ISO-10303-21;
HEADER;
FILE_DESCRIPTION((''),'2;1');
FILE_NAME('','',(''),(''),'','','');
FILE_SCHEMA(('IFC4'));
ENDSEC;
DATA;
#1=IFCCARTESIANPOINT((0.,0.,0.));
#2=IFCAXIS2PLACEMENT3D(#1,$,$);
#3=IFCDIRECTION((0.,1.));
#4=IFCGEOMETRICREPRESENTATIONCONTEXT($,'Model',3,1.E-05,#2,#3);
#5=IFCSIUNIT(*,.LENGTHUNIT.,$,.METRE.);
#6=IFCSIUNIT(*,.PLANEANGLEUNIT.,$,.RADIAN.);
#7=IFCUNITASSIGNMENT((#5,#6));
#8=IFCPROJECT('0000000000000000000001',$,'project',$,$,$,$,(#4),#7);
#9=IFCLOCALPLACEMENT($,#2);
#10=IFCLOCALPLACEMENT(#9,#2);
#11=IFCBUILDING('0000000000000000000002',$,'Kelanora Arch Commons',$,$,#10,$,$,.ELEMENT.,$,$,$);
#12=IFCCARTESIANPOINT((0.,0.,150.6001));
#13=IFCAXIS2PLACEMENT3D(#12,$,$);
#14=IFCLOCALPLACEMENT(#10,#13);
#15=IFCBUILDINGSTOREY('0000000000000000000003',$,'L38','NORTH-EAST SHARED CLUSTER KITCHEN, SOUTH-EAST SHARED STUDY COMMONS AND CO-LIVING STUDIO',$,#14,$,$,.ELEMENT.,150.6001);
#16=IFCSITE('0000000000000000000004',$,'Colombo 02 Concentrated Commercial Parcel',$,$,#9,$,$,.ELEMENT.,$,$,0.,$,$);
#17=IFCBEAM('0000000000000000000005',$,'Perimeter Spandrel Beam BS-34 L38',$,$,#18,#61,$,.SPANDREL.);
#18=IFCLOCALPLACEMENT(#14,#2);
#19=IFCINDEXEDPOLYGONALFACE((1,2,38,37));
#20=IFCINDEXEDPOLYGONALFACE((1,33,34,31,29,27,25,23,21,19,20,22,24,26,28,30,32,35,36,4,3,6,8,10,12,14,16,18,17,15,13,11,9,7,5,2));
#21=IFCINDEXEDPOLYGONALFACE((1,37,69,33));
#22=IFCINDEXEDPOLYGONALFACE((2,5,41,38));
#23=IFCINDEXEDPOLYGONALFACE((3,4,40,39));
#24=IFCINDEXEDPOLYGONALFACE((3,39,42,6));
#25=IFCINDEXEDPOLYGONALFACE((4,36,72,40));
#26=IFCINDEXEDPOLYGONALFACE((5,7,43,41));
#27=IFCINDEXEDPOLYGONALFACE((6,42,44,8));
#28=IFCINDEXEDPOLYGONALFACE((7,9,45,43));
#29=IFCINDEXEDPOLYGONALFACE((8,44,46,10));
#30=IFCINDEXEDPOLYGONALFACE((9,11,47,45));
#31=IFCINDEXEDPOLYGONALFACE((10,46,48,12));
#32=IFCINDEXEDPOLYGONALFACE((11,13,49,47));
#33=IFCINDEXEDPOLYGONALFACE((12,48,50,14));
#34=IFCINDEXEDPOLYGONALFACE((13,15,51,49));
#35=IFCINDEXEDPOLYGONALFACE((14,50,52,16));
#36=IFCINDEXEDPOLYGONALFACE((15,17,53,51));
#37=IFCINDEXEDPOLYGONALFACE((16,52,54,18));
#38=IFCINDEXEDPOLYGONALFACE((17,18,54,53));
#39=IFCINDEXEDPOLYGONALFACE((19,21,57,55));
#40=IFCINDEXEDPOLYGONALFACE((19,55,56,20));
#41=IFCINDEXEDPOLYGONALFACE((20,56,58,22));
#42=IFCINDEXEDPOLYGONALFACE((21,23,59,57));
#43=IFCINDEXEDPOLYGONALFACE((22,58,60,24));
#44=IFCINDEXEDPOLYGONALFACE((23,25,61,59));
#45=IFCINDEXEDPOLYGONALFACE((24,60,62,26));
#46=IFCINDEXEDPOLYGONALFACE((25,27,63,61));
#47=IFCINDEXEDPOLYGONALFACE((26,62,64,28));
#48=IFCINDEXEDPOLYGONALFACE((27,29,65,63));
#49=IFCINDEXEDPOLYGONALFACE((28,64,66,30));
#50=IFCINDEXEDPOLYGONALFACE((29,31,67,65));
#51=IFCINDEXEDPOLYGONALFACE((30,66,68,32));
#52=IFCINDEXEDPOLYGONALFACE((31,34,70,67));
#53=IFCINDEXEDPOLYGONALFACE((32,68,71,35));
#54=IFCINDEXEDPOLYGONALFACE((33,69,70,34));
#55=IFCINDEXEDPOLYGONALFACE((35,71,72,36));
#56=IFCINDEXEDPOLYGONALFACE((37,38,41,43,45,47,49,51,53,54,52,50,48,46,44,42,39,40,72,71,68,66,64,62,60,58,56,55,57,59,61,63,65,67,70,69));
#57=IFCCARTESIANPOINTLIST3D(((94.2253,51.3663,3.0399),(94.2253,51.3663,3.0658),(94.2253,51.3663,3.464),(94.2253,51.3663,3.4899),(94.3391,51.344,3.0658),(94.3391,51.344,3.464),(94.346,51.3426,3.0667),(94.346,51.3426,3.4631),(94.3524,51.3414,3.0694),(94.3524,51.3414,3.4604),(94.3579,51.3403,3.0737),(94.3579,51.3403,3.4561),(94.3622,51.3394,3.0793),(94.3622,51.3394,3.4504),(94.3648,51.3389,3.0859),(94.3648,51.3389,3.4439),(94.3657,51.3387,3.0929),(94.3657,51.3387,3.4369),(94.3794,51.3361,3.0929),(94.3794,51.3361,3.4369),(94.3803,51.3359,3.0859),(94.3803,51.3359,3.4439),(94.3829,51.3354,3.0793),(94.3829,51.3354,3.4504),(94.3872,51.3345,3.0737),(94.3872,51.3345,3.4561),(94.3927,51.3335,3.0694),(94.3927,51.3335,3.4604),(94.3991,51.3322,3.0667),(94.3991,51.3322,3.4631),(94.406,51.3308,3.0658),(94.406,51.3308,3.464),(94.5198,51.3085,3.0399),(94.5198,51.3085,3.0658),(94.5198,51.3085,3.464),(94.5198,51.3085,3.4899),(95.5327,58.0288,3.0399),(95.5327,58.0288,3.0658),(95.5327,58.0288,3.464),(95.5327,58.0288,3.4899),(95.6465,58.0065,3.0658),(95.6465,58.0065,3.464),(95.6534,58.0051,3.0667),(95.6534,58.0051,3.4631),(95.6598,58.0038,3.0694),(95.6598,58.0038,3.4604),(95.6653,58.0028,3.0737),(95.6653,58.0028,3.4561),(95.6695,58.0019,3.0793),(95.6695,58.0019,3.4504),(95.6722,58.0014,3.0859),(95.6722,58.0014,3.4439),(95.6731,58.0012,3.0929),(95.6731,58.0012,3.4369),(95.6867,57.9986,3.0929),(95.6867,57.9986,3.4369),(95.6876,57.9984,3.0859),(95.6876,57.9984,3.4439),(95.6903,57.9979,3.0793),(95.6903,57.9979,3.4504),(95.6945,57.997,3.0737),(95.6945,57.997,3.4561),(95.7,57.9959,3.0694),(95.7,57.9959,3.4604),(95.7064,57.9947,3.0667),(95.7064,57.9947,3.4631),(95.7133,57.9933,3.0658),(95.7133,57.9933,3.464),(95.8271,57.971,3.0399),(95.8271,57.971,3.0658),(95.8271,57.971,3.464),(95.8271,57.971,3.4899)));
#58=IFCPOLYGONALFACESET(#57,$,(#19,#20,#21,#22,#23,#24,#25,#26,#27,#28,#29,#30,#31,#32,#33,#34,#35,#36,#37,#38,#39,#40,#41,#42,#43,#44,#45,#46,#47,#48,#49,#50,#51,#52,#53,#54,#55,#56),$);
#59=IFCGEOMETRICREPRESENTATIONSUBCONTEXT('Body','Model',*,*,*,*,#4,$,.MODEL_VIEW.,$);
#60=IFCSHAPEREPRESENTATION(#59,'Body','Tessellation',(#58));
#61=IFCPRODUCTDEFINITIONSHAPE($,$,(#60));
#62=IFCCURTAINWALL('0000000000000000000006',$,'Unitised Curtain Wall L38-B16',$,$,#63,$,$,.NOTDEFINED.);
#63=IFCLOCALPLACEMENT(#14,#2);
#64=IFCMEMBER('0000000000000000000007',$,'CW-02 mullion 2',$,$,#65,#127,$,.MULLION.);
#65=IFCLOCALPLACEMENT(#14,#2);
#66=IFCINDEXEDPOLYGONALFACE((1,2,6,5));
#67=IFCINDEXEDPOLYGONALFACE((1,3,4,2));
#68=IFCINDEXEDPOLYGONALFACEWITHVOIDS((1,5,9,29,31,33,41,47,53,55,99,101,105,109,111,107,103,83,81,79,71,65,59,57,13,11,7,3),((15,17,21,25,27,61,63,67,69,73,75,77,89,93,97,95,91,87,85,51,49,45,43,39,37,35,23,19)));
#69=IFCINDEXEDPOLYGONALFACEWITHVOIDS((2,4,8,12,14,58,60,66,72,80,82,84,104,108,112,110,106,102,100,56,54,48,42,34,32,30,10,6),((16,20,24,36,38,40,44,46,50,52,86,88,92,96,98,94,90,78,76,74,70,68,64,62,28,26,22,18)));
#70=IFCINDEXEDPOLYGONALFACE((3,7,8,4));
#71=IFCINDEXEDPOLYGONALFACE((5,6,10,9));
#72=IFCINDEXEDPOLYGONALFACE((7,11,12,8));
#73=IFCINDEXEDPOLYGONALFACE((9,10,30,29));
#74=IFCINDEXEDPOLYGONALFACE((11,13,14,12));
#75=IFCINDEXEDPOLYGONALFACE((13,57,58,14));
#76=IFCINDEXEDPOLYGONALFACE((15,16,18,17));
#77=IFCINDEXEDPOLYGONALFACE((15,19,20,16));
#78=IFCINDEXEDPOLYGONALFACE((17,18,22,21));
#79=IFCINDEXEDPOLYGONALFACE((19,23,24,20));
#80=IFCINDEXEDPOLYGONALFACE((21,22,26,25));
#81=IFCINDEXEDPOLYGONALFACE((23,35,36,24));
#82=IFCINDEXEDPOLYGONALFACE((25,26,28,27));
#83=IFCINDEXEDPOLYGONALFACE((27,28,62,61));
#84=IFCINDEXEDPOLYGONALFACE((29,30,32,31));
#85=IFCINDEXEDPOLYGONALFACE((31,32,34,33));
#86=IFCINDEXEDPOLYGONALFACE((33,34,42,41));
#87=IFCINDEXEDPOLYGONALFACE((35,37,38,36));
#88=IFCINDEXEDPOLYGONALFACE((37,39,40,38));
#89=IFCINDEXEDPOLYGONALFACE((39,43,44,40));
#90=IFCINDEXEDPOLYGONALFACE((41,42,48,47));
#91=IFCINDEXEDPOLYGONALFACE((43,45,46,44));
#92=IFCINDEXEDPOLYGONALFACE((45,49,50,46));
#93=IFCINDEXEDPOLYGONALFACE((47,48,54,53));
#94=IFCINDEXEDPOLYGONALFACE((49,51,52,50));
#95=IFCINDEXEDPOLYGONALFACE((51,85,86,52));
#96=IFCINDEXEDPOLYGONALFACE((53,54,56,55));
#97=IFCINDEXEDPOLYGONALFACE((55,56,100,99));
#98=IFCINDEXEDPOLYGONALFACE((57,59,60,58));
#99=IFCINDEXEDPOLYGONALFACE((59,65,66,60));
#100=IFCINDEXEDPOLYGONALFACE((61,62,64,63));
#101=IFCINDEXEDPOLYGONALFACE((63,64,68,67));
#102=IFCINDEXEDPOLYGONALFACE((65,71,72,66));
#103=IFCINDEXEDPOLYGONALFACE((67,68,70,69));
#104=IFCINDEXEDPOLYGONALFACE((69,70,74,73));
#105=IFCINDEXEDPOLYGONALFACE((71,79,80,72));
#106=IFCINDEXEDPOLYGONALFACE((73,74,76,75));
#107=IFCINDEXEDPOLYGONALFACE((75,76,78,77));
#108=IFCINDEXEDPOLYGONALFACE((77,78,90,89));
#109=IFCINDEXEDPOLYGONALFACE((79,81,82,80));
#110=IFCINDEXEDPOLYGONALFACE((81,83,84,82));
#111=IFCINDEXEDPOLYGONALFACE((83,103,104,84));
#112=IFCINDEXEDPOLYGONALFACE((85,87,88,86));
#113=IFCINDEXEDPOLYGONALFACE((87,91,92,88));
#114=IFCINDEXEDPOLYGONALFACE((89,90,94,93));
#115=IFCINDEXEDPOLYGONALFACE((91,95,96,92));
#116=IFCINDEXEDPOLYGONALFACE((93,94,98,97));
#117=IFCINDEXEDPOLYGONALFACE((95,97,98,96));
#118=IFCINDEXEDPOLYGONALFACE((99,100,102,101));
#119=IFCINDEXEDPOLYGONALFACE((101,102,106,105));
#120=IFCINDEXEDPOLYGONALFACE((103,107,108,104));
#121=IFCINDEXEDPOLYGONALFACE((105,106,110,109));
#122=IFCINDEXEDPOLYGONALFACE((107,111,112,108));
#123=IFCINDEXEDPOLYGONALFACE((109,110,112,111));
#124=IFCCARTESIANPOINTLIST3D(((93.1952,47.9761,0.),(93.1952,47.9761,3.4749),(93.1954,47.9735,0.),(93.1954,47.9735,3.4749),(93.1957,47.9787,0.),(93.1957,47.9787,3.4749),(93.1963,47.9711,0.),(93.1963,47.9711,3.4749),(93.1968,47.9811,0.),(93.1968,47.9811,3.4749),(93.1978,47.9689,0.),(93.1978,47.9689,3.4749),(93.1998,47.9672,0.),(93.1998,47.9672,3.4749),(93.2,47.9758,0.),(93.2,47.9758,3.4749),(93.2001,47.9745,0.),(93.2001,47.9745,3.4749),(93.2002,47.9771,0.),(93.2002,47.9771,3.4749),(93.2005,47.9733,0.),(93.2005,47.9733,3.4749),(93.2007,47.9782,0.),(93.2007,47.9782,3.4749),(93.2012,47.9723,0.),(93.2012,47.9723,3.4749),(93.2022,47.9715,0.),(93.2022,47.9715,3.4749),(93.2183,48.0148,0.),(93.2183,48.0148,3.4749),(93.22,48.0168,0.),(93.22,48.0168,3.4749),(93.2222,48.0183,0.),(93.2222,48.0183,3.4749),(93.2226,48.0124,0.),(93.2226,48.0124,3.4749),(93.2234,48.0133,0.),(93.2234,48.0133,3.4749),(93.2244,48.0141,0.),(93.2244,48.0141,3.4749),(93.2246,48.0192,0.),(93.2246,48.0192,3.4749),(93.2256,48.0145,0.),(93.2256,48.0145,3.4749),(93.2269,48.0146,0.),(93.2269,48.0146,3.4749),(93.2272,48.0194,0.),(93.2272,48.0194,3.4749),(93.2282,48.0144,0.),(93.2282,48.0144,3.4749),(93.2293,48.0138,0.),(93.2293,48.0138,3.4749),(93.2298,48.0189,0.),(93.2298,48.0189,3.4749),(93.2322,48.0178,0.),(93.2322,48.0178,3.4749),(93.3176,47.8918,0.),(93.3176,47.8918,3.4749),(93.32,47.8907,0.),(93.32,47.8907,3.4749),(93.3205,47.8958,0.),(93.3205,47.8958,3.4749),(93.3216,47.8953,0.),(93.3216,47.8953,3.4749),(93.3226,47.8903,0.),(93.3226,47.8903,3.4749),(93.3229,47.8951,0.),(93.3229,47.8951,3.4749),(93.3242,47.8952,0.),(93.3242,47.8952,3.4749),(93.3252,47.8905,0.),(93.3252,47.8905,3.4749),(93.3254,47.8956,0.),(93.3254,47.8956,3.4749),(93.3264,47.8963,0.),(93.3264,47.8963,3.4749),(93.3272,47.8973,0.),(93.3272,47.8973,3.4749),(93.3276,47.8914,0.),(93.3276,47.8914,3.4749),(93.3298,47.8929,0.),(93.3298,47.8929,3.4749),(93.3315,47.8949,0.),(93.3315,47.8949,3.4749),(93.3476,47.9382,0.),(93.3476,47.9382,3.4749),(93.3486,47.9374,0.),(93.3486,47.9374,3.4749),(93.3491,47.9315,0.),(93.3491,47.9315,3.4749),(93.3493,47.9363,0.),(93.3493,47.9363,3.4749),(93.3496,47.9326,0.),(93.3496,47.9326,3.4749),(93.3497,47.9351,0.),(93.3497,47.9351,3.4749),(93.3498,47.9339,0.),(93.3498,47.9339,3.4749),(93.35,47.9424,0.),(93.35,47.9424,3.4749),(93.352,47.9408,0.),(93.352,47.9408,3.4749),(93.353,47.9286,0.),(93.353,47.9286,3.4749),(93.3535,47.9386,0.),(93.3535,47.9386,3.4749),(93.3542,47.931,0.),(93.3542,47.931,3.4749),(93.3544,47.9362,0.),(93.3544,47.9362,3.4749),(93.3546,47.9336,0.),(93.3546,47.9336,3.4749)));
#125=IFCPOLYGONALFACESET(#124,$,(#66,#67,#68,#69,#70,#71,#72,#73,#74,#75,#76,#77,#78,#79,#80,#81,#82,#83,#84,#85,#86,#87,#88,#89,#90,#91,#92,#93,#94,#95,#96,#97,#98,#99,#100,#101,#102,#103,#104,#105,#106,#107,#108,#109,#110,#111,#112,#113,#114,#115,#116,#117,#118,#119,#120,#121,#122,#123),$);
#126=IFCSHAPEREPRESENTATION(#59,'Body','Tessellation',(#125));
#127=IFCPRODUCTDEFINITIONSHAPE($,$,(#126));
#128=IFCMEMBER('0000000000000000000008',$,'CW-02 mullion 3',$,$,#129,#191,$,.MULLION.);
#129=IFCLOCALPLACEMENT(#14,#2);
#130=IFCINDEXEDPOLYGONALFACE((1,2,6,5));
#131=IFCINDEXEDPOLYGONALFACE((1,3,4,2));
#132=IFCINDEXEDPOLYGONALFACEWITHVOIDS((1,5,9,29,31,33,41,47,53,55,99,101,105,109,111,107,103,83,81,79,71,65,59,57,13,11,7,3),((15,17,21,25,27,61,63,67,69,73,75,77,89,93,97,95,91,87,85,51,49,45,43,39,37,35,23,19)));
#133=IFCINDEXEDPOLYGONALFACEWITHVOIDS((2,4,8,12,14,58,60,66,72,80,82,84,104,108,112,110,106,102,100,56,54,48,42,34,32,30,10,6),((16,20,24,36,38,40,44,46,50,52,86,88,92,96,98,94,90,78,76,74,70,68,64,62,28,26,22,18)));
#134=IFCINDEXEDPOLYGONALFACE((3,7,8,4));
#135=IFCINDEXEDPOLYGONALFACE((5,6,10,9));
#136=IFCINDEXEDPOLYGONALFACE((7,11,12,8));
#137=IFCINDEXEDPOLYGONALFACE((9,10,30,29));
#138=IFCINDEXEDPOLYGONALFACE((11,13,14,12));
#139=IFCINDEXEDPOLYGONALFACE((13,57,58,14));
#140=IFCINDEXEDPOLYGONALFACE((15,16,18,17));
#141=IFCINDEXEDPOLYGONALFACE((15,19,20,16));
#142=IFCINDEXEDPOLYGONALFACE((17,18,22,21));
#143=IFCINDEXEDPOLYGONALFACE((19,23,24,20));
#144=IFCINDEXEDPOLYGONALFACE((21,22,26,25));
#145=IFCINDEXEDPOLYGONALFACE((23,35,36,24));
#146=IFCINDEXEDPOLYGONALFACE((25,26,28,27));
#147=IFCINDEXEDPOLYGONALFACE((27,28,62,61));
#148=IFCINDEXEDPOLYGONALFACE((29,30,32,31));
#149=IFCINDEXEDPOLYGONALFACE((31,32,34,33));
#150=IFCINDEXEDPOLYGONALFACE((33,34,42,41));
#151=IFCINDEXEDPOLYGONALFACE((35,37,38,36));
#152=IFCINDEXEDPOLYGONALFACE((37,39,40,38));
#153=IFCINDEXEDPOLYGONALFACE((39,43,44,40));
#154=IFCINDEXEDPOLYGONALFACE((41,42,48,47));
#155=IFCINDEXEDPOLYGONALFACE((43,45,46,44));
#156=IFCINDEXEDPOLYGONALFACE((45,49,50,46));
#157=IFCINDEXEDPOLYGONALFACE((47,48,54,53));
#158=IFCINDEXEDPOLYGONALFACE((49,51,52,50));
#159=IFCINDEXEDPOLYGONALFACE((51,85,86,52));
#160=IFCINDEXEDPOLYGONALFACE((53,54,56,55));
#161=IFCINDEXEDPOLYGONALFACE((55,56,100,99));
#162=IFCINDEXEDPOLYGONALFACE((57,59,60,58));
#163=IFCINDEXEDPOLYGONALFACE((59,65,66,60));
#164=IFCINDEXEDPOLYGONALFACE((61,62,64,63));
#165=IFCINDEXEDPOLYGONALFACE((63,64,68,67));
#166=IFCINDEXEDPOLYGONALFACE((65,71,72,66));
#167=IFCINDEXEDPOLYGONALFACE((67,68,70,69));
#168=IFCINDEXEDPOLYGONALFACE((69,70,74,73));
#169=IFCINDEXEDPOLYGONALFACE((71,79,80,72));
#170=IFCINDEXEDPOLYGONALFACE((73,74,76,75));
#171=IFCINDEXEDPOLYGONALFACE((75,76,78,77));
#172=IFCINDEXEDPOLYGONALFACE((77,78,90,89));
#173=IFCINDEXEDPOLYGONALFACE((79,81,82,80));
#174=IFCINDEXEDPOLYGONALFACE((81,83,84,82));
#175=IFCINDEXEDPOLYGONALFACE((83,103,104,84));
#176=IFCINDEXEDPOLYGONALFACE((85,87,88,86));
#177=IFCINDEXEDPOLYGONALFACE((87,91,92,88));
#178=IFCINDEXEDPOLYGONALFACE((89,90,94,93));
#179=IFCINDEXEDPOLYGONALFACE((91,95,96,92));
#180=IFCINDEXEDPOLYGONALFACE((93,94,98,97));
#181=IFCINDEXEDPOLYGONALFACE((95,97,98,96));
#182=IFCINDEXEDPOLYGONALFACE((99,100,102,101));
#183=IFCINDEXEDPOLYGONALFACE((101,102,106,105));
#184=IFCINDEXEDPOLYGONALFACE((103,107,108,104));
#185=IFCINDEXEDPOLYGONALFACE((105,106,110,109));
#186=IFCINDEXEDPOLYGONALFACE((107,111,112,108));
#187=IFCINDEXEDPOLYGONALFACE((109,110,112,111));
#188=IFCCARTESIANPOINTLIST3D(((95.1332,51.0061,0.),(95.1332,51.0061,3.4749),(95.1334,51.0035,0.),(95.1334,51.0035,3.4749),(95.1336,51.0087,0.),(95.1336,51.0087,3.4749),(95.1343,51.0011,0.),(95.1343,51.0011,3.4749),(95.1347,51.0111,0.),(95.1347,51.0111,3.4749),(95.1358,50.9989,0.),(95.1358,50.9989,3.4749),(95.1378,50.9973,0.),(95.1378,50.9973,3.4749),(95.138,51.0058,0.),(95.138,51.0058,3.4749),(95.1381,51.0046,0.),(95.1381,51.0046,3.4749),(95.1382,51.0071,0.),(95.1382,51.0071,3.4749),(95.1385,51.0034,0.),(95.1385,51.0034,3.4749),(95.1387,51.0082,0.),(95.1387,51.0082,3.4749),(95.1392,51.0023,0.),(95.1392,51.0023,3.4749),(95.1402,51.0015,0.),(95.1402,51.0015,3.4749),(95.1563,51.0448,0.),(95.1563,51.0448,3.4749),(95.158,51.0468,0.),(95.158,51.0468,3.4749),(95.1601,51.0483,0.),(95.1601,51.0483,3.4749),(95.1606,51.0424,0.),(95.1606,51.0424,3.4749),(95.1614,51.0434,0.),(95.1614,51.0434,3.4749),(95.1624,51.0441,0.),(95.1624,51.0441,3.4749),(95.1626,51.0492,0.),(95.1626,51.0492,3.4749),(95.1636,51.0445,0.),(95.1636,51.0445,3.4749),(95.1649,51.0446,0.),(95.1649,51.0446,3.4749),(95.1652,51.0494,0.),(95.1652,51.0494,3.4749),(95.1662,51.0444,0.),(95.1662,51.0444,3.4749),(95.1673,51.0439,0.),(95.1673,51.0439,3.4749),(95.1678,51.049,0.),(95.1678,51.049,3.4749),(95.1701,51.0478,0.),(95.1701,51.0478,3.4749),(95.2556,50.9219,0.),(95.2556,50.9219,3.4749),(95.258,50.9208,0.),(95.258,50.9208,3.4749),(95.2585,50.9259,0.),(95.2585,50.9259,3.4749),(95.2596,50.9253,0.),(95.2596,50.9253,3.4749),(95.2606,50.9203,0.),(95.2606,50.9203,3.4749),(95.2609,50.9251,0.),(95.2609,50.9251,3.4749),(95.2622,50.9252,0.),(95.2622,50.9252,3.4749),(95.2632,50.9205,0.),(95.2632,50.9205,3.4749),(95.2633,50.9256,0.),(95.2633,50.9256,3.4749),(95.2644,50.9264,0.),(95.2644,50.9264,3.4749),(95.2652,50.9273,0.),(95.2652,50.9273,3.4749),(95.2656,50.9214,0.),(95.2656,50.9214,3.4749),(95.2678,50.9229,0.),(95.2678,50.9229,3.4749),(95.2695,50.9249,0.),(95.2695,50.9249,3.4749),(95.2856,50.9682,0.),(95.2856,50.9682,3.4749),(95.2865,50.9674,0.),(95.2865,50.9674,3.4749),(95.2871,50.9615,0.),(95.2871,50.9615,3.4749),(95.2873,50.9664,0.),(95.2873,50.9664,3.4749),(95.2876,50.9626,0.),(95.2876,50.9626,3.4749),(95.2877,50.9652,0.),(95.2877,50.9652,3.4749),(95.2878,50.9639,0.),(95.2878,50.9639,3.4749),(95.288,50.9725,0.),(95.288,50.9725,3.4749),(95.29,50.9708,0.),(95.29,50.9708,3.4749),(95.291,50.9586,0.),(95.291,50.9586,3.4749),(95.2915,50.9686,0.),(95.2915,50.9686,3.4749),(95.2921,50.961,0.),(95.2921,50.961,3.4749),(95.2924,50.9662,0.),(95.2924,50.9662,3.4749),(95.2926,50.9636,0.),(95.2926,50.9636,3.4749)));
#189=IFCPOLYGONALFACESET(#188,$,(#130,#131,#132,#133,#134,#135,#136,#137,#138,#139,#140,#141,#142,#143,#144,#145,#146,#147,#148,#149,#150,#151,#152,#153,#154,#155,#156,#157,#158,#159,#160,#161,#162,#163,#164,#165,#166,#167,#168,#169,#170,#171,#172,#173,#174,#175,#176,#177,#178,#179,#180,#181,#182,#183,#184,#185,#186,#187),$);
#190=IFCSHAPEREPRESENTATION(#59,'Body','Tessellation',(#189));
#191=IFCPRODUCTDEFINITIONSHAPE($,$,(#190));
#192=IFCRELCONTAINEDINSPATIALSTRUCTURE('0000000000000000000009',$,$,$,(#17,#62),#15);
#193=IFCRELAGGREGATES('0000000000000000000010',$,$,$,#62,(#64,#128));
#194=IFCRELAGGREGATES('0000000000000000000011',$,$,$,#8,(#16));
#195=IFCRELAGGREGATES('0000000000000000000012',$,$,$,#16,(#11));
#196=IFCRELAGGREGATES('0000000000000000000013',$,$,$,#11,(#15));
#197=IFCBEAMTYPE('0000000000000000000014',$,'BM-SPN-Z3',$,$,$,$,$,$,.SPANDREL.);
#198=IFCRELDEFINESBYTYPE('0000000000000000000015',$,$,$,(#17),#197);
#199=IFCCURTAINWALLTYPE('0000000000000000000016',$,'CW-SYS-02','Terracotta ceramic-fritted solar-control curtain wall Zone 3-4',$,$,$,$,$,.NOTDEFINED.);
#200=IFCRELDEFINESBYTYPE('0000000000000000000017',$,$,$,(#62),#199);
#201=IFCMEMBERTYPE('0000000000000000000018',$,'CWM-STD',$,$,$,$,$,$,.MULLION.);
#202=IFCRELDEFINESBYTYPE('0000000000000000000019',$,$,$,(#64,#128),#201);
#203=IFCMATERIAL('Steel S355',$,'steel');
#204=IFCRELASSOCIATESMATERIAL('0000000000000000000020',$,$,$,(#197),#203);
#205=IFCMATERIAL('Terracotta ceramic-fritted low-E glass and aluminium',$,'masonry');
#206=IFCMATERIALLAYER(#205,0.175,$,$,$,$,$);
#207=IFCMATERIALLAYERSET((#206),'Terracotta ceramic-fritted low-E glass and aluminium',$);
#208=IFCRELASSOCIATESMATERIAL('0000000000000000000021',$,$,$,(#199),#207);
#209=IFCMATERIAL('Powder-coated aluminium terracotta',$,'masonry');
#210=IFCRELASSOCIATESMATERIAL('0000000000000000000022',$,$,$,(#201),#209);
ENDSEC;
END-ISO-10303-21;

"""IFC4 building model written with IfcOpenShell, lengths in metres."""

from ifc_helpers import new_model, si_unit, direction, frame, origin, origin_2d, place, context, subcontext, project, spatial, hollow_rectangle, i_section, extrude, material, layer, layer_set, material_profile, profile_set, type_object, element, aggregate, save


model = new_model("IFC4")

# Units and contexts
model_context = context("Model", 3, precision=1e-05, world=origin(), true_north=direction((0.0, 1.0)))
body_context = subcontext(model_context, "Body", "Model", "MODEL_VIEW")
ifc_project = project(units=[si_unit("LENGTHUNIT", "METRE"), si_unit("PLANEANGLEUNIT", "RADIAN")], contexts=[model_context])

# Site, building, storey
site_placement = place(None, origin())
site = spatial("IfcSite", under=ifc_project, at=site_placement, Name="Colombo 02 Concentrated Commercial Parcel", CompositionType="ELEMENT", RefElevation=0.0)
building_placement = place(site_placement, origin())
building = spatial("IfcBuilding", under=site, at=building_placement, Name="Kelanora Arch Commons", CompositionType="ELEMENT")
storey_placement = place(building_placement, frame((0.0, 0.0, 150.6001)))
storey = spatial("IfcBuildingStorey", under=building, at=storey_placement, Name="L38", Description="NORTH-EAST SHARED CLUSTER KITCHEN, SOUTH-EAST SHARED STUDY COMMONS AND CO-LIVING STUDIO", CompositionType="ELEMENT", Elevation=150.6001)

# Beam
ifc_material_1 = material(Name="Steel S355", Category="steel")
ifc_material_profile_1 = material_profile(ifc_material_1, i_section(OverallWidth=0.3, OverallDepth=0.45, WebThickness=0.0139, FlangeThickness=0.0259, FilletRadius=0.0271, at=origin_2d()), Name="HEB450")
ifc_profile_set_1 = profile_set([ifc_material_profile_1], Name="Steel S355")
beam_type_1 = type_object("IfcBeamType", Name="BM-SPN-Z3", PredefinedType="SPANDREL", material=ifc_profile_set_1)
beam_1_placement = place(storey_placement, frame((94.3726, 51.3374, 3.2649), z_axis=(0.192554, 0.981286, 0.0), x_axis=(-0.981286, 0.192554, 0.0)))
element("IfcBeam", 1, at=beam_1_placement, inside=storey, type_object=beam_type_1, Name="Perimeter Spandrel Beam BS-34 L38", PredefinedType="SPANDREL", context=body_context, shape_type="SweptSolid", body=[
    extrude(i_section(OverallWidth=0.3, OverallDepth=0.45, WebThickness=0.0139, FlangeThickness=0.0259, FilletRadius=0.0271, at=origin_2d()), origin(), (0.0, 0.0, 1.0), 6.7896),
])

# Curtain wall, members
ifc_material_2 = material(Name="Terracotta ceramic-fritted low-E glass and aluminium", Category="masonry")
ifc_layer_1 = layer(ifc_material_2, 0.175)
ifc_layer_set_1 = layer_set([ifc_layer_1], Name="Terracotta ceramic-fritted low-E glass and aluminium")
curtain_wall_type = type_object("IfcCurtainWallType", Name="CW-SYS-02", Description="Terracotta ceramic-fritted solar-control curtain wall Zone 3-4", PredefinedType="NOTDEFINED", material=ifc_layer_set_1)
curtain_wall_placement = place(storey_placement, origin())
curtain_wall = element("IfcCurtainWall", 2, at=curtain_wall_placement, inside=storey, type_object=curtain_wall_type, Name="Unitised Curtain Wall L38-B16", PredefinedType="NOTDEFINED")
ifc_material_3 = material(Name="Powder-coated aluminium terracotta", Category="masonry")
ifc_material_profile_2 = material_profile(ifc_material_3, hollow_rectangle(XDim=0.1599, YDim=0.0601, WallThickness=0.0049, InnerFilletRadius=0.0049, OuterFilletRadius=0.01, at=origin_2d()), Name="CWM160x60")
ifc_profile_set_2 = profile_set([ifc_material_profile_2], Name="Powder-coated aluminium terracotta")
member_type_1 = type_object("IfcMemberType", Name="CWM-STD", PredefinedType="MULLION", material=ifc_profile_set_2)
member_1_placement = place(storey_placement, frame((93.2749, 47.9548, 0.0), z_axis=(0.0, 0.0, 1.0), x_axis=(-0.842423, 0.538817, 0.0)))
member_1 = element("IfcMember", 3, at=member_1_placement, type_object=member_type_1, Name="CW-02 mullion 2", PredefinedType="MULLION", context=body_context, shape_type="SweptSolid", body=[
    extrude(hollow_rectangle(XDim=0.1599, YDim=0.0601, WallThickness=0.0049, InnerFilletRadius=0.0049, OuterFilletRadius=0.01, at=origin_2d()), origin(), (0.0, 0.0, 1.0), 3.4749),
])
member_2_placement = place(storey_placement, frame((95.2129, 50.9849, 0.0), z_axis=(0.0, 0.0, 1.0), x_axis=(-0.842423, 0.538817, 0.0)))
member_2 = element("IfcMember", 4, at=member_2_placement, type_object=member_type_1, Name="CW-02 mullion 3", PredefinedType="MULLION", context=body_context, shape_type="SweptSolid", body=[
    extrude(hollow_rectangle(XDim=0.1599, YDim=0.0601, WallThickness=0.0049, InnerFilletRadius=0.0049, OuterFilletRadius=0.01, at=origin_2d()), origin(), (0.0, 0.0, 1.0), 3.4749),
])
aggregate(curtain_wall, [member_1, member_2])

save(model, "model.ifc")
